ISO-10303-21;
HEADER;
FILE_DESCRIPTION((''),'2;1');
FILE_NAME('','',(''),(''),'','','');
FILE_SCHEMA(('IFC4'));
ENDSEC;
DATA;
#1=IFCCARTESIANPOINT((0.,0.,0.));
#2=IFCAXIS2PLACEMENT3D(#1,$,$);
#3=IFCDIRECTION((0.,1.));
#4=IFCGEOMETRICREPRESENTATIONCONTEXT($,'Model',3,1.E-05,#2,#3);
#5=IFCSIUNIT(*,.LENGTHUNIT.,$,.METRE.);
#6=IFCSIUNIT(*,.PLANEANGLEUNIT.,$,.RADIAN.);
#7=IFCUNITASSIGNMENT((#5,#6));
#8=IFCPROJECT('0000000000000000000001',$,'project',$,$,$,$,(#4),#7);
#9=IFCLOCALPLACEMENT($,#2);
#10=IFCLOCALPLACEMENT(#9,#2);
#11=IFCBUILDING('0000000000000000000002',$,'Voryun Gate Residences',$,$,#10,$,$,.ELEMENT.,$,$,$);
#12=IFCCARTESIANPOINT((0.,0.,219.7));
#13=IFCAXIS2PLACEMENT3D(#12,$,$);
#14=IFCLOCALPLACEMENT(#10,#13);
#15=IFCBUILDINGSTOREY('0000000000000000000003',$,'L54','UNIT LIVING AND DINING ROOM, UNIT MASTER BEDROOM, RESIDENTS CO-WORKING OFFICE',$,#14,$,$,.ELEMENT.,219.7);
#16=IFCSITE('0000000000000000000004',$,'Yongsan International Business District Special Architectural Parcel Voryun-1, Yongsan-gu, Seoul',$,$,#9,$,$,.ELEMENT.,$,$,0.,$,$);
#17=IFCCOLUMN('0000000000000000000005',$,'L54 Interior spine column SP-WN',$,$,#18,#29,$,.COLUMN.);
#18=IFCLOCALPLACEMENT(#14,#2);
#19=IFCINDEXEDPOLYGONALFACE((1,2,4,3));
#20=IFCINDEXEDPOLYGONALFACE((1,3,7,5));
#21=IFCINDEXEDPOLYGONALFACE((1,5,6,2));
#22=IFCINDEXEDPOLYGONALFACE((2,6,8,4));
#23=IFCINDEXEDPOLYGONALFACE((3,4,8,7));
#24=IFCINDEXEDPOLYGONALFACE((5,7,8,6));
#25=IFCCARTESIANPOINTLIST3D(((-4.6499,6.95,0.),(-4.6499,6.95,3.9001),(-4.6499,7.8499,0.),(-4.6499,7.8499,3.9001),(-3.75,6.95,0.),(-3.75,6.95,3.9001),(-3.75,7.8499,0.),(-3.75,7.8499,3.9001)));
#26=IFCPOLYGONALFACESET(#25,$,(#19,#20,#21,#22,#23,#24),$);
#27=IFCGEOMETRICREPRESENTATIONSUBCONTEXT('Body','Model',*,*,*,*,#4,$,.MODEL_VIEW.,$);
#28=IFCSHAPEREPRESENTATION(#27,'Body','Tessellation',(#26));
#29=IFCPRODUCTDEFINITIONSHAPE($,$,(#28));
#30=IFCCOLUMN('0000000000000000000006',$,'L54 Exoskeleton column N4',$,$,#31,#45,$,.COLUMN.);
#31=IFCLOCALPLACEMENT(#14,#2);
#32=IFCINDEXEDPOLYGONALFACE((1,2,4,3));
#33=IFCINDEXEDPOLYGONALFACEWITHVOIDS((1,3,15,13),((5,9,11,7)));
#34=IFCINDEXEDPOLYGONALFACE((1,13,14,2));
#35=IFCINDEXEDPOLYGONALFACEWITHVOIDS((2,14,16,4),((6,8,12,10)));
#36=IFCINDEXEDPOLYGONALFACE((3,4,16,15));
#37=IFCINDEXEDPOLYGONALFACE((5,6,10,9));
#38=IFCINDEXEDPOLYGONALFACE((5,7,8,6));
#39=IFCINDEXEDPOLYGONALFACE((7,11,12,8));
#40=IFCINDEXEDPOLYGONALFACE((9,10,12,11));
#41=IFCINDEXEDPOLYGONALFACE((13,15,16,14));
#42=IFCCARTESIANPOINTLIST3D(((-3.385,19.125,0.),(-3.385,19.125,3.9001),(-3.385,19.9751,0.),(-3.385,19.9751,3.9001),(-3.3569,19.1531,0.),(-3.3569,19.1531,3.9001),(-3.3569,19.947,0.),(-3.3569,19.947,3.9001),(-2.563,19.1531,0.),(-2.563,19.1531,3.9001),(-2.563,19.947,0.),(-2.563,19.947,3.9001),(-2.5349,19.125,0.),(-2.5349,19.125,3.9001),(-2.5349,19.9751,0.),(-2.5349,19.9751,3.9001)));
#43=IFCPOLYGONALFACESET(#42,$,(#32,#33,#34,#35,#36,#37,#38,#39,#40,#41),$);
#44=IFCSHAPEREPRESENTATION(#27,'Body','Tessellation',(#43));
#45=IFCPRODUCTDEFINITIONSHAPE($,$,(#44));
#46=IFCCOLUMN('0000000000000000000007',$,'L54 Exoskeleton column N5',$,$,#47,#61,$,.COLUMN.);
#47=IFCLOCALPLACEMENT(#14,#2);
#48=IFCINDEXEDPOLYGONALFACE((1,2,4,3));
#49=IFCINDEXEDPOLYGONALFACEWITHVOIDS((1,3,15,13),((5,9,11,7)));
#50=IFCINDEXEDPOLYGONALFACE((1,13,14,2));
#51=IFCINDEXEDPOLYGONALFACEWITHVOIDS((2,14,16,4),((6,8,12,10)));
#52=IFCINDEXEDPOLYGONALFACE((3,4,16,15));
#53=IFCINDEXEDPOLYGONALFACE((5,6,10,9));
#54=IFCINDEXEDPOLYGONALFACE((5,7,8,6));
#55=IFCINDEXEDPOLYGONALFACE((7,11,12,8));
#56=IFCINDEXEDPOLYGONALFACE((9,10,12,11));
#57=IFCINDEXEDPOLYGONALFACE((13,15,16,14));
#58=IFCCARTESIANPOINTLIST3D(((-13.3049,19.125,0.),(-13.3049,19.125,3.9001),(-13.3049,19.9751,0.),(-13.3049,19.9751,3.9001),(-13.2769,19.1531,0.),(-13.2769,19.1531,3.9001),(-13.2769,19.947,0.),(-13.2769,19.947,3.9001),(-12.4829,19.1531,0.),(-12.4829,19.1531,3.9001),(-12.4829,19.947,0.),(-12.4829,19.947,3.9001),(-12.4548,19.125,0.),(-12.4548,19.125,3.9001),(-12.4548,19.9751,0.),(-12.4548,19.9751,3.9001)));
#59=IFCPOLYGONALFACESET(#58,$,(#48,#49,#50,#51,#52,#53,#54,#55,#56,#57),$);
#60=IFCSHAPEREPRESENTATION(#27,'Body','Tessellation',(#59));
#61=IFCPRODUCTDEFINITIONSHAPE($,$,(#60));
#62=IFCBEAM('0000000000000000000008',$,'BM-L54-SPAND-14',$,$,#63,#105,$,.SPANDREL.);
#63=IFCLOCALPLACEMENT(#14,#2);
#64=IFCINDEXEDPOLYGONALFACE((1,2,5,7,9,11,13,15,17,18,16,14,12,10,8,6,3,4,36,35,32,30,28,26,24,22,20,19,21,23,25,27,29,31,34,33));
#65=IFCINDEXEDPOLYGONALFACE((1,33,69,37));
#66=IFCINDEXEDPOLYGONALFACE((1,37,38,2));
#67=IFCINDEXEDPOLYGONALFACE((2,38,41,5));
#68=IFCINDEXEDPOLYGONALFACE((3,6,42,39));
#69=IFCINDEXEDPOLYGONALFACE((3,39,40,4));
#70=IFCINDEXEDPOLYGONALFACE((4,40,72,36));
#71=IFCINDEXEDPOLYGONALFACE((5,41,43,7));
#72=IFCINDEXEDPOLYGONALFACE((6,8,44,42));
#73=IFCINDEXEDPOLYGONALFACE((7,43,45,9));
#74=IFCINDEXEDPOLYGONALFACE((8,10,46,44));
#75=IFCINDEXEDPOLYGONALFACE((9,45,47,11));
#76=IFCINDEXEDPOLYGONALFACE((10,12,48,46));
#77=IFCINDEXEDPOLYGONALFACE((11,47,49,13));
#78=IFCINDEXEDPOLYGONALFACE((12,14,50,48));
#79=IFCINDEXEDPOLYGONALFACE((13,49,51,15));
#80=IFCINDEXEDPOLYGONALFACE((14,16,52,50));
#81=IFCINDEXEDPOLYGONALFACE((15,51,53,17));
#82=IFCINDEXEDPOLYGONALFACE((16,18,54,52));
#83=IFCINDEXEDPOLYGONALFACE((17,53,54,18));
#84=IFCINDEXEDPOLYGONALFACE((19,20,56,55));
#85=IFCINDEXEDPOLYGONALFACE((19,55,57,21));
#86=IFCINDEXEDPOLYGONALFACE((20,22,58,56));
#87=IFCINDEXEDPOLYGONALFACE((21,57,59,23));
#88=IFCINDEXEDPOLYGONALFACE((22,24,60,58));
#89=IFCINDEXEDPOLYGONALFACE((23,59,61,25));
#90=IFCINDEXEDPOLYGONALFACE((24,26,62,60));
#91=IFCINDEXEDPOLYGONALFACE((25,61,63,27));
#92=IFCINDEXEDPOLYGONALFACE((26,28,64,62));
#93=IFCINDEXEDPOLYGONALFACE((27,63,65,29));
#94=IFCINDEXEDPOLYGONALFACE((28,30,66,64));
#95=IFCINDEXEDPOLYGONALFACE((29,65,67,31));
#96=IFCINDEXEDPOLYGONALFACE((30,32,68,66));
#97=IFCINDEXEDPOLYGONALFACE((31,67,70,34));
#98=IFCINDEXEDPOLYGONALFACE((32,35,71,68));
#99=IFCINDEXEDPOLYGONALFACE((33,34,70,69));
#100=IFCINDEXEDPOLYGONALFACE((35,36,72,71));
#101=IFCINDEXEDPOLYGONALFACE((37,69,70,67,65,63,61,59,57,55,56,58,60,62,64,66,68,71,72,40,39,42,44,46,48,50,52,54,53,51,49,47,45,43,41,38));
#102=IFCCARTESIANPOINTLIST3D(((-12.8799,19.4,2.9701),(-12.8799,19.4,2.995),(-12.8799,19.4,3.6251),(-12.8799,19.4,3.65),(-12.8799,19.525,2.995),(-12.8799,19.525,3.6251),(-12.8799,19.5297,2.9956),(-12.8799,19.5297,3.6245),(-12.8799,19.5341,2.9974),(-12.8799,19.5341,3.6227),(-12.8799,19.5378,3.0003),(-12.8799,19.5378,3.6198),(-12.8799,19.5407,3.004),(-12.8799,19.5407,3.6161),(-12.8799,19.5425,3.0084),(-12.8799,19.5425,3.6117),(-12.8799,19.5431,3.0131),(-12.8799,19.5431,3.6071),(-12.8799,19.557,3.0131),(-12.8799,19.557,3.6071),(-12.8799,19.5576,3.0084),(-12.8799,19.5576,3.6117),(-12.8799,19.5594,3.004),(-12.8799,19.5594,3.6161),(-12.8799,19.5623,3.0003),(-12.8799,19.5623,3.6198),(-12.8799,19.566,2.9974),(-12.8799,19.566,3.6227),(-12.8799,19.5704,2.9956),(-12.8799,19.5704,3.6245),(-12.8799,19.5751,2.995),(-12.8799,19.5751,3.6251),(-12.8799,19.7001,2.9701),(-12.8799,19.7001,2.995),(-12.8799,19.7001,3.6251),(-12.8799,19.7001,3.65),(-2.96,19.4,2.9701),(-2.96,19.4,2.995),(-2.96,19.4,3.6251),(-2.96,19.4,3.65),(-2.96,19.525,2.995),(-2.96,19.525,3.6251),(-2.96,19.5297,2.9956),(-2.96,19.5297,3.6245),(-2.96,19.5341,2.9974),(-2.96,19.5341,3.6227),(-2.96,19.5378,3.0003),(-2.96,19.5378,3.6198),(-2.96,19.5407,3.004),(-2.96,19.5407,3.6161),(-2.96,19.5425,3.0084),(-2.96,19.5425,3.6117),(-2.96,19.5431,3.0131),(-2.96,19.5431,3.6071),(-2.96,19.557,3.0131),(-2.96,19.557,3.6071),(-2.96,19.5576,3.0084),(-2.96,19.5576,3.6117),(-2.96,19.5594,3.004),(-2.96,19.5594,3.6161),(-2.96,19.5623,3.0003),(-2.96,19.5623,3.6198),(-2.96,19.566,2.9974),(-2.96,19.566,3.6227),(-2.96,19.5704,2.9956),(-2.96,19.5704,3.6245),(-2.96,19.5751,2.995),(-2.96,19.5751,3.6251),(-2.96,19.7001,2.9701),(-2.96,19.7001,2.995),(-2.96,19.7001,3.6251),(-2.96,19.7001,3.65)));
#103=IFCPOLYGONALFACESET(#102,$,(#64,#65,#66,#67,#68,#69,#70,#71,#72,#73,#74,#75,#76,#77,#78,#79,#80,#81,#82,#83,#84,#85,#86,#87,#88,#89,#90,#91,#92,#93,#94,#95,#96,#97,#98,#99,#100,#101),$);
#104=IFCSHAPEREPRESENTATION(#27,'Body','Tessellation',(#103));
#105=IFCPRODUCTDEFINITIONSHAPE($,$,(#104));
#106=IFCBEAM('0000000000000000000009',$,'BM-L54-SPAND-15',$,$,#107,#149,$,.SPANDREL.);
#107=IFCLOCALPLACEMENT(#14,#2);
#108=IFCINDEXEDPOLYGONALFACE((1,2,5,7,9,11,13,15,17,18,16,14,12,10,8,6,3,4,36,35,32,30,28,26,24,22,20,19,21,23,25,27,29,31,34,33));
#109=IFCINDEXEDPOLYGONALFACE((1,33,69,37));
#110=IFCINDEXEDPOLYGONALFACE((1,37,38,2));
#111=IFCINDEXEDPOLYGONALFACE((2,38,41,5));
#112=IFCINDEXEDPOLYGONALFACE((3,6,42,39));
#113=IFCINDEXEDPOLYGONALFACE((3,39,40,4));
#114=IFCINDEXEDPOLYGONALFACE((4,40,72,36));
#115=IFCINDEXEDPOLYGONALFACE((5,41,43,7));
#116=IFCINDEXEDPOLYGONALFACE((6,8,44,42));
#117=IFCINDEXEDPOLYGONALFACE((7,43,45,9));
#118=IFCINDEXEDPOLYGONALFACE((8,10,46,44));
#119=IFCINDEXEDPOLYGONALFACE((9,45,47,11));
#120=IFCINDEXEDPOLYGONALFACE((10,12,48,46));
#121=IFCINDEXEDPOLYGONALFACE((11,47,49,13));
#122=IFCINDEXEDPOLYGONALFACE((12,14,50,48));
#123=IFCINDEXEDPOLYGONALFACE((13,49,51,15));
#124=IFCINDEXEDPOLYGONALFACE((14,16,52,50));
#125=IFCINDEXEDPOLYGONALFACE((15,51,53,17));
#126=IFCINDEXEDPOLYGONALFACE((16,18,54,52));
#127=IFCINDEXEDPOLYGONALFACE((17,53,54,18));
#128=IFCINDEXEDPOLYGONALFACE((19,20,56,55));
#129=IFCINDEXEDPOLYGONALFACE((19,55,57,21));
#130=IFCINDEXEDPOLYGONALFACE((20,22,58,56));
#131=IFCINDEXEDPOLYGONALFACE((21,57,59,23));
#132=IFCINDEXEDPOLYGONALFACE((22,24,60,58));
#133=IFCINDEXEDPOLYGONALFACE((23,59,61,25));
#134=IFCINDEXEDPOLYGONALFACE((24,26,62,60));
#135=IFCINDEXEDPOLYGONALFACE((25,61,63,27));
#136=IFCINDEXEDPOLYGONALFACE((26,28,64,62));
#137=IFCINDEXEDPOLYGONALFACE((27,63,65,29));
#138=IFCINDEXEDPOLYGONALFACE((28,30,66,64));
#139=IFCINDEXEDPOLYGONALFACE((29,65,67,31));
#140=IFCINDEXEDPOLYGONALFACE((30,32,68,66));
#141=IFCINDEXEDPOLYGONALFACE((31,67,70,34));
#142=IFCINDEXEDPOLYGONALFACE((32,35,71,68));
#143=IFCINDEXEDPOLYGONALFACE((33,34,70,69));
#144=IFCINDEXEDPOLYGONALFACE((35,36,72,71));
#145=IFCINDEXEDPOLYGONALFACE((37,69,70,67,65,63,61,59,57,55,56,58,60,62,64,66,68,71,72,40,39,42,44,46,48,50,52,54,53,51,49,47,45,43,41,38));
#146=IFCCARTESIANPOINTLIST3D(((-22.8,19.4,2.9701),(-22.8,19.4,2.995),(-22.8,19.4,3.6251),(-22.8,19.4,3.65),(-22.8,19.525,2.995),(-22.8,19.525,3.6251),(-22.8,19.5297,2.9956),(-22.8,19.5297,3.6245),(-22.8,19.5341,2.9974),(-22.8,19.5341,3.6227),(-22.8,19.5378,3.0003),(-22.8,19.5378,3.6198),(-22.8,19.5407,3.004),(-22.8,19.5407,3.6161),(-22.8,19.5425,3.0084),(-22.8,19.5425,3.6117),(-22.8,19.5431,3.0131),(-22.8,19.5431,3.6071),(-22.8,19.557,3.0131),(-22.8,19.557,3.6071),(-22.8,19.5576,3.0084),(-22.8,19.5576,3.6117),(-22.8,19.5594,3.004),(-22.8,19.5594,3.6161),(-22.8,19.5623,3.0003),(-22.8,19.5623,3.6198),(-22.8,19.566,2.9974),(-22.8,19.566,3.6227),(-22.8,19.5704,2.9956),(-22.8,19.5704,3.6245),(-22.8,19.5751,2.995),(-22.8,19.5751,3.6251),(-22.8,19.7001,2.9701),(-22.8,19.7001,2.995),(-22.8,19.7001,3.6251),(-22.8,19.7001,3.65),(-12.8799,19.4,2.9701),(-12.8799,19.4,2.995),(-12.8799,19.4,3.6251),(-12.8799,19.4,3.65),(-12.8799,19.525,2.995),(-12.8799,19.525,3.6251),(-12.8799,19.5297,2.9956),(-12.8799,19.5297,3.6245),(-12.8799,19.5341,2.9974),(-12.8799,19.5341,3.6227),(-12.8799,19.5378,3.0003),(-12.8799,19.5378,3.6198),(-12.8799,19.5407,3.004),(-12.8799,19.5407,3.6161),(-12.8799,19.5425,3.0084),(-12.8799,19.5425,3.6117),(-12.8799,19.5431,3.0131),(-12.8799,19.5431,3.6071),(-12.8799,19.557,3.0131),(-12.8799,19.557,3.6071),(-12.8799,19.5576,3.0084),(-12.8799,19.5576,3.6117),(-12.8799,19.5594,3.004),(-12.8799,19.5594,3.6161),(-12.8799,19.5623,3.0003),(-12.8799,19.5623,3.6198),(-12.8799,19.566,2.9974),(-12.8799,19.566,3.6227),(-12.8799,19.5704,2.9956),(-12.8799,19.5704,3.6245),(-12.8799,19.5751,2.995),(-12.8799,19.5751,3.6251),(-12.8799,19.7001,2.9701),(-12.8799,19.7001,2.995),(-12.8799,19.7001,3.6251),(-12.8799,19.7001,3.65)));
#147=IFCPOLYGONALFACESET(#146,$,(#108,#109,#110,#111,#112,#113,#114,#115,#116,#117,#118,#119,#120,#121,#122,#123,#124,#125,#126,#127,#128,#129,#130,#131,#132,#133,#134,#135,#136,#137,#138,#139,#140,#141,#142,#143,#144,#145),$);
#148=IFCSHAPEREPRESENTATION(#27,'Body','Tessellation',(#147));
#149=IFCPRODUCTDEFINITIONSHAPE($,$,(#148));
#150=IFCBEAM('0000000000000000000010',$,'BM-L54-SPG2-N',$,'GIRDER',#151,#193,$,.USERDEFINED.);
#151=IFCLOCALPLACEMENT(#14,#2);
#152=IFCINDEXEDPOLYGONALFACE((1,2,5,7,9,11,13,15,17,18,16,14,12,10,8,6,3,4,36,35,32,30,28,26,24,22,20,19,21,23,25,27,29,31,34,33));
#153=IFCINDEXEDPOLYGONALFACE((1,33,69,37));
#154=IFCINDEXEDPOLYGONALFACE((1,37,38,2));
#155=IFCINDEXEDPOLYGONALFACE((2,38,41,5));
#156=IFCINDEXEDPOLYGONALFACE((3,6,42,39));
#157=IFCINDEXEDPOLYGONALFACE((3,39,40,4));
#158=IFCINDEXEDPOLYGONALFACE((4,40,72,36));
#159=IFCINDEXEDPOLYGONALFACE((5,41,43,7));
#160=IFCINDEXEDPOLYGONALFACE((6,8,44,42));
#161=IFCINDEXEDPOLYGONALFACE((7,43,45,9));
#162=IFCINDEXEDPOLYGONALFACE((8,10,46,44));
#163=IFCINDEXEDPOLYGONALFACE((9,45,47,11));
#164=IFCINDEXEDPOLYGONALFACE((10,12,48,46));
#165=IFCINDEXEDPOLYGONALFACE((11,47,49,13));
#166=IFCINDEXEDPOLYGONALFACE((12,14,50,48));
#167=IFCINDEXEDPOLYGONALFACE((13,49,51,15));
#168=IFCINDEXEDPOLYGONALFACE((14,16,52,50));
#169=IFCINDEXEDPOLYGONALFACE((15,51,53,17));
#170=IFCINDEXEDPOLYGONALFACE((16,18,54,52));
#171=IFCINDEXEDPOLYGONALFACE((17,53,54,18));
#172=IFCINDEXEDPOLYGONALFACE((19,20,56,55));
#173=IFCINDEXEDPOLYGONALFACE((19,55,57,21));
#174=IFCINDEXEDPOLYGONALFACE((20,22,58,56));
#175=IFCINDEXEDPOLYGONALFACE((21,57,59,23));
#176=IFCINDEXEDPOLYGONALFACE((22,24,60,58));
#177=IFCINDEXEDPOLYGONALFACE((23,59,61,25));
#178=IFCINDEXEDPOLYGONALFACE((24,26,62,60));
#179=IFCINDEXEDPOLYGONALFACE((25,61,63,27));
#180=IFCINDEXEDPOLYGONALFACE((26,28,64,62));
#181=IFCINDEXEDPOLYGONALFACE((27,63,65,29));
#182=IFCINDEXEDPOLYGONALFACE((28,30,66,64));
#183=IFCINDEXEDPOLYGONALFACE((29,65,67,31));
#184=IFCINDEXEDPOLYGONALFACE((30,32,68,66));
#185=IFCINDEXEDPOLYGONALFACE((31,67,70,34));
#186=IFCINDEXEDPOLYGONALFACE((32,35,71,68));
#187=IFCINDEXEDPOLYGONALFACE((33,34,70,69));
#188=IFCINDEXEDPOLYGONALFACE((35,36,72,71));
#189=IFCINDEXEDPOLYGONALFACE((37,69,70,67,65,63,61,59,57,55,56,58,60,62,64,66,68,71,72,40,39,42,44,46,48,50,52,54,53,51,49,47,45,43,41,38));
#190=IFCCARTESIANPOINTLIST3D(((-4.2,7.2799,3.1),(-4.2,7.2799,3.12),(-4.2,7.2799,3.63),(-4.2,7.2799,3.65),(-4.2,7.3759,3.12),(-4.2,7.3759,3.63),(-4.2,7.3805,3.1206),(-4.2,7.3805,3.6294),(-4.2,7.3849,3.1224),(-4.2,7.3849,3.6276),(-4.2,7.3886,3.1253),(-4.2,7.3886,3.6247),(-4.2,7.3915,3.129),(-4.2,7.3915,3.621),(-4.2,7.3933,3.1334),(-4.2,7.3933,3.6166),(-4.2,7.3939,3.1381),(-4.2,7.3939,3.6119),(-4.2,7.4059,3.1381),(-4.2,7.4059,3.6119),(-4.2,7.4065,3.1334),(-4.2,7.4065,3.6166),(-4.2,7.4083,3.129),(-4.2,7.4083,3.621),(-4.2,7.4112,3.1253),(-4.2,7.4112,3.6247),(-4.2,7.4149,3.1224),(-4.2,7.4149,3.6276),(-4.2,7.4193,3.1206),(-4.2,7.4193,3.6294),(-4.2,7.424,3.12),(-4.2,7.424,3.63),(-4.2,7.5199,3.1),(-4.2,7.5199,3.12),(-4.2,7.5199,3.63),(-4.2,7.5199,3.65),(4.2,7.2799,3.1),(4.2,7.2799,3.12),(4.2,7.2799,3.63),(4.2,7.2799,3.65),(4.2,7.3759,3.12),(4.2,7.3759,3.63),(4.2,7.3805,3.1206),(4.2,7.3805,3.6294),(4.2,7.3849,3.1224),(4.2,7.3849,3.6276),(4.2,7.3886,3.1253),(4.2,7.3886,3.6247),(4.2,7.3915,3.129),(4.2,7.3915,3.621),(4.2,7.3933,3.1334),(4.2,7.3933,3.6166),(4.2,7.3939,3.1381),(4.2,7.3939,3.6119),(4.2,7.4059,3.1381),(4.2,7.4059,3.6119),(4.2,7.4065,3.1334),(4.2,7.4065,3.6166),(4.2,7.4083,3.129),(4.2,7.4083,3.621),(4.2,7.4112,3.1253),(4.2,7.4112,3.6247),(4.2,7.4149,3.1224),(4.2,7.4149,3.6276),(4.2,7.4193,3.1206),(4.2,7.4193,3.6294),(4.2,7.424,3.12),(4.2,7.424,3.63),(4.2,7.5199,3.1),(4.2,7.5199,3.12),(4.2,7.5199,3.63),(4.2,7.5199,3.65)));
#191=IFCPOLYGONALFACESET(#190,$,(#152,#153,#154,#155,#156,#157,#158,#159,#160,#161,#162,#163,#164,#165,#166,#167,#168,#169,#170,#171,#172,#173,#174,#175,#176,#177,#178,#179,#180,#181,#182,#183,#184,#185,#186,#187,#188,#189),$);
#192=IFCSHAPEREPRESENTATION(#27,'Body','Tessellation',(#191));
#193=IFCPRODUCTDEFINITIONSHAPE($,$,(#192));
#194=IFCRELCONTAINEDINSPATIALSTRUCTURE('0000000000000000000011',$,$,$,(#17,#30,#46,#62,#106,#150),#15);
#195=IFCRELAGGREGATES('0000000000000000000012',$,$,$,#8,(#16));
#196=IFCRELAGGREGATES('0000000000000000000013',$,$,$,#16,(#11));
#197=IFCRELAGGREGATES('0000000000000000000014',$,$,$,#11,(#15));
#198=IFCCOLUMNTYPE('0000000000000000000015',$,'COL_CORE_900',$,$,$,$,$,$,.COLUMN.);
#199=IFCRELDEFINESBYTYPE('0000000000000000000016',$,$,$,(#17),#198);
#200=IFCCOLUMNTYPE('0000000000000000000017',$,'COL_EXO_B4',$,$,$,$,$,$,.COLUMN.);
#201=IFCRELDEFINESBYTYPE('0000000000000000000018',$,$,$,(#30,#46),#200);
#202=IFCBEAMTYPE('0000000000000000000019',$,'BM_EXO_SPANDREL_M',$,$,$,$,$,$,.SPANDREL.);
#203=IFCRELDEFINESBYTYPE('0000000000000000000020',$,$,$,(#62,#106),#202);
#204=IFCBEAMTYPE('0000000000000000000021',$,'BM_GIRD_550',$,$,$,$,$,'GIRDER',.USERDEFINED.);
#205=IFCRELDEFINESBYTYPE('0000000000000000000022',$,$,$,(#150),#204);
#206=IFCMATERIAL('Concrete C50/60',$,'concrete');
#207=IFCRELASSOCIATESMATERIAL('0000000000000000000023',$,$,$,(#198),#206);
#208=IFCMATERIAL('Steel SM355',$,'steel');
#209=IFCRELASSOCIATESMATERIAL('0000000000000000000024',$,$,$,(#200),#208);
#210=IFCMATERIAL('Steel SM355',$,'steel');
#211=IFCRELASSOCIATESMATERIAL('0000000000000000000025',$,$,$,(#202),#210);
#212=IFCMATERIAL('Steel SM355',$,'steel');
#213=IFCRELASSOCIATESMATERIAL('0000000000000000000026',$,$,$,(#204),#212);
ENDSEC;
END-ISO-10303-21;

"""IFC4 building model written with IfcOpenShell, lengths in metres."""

from ifc_helpers import new_model, si_unit, direction, frame, origin, origin_2d, place, context, subcontext, project, spatial, rectangle, hollow_rectangle, i_section, extrude, material, material_profile, profile_set, type_object, element, save


model = new_model("IFC4")

# Units and contexts
model_context = context("Model", 3, precision=1e-05, world=origin(), true_north=direction((0.0, 1.0)))
body_context = subcontext(model_context, "Body", "Model", "MODEL_VIEW")
ifc_project = project(units=[si_unit("LENGTHUNIT", "METRE"), si_unit("PLANEANGLEUNIT", "RADIAN")], contexts=[model_context])

# Site, building, storey
site_placement = place(None, origin())
site = spatial("IfcSite", under=ifc_project, at=site_placement, Name="Yongsan International Business District Special Architectural Parcel Voryun-1, Yongsan-gu, Seoul", CompositionType="ELEMENT", RefElevation=0.0)
building_placement = place(site_placement, origin())
building = spatial("IfcBuilding", under=site, at=building_placement, Name="Voryun Gate Residences", CompositionType="ELEMENT")
storey_placement = place(building_placement, frame((0.0, 0.0, 219.7)))
storey = spatial("IfcBuildingStorey", under=building, at=storey_placement, Name="L54", Description="UNIT LIVING AND DINING ROOM, UNIT MASTER BEDROOM, RESIDENTS CO-WORKING OFFICE", CompositionType="ELEMENT", Elevation=219.7)

# Columns
ifc_material_1 = material(Name="Concrete C50/60", Category="concrete")
ifc_material_profile_1 = material_profile(ifc_material_1, rectangle(XDim=0.8999, YDim=0.8999, at=origin_2d()), Name="RC-900x900")
ifc_profile_set_1 = profile_set([ifc_material_profile_1], Name="Concrete C50/60")
column_type_1 = type_object("IfcColumnType", Name="COL_CORE_900", PredefinedType="COLUMN", material=ifc_profile_set_1)
column_placement = place(storey_placement, frame((-4.2, 7.3999, 0.0), z_axis=(0.0, 0.0, 1.0), x_axis=(1.0, 0.0, 0.0)))
element("IfcColumn", 1, at=column_placement, inside=storey, type_object=column_type_1, Name="L54 Interior spine column SP-WN", PredefinedType="COLUMN", context=body_context, shape_type="SweptSolid", body=[
    extrude(rectangle(XDim=0.8999, YDim=0.8999, at=origin_2d()), origin(), (0.0, 0.0, 1.0), 3.9001),
])
ifc_material_2 = material(Name="Steel SM355", Category="steel")
ifc_material_profile_2 = material_profile(ifc_material_2, hollow_rectangle(XDim=0.8501, YDim=0.8501, WallThickness=0.0281, at=origin_2d()), Name="BOX-850x850x28")
ifc_profile_set_2 = profile_set([ifc_material_profile_2], Name="Steel SM355")
column_type_2 = type_object("IfcColumnType", Name="COL_EXO_B4", PredefinedType="COLUMN", material=ifc_profile_set_2)
for number, where, z_axis, x_axis, name in (
    (2, (-2.96, 19.55, 0.0), (0.0, 0.0, 1.0), (1.0, 0.0, 0.0), "L54 Exoskeleton column N4"),
    (3, (-12.8799, 19.55, 0.0), (0.0, 0.0, 1.0), (1.0, 0.0, 0.0), "L54 Exoskeleton column N5"),
):
    element("IfcColumn", number, at=place(storey_placement, frame(where, z_axis=z_axis, x_axis=x_axis)), inside=storey, type_object=column_type_2, Name=name, PredefinedType="COLUMN", context=body_context, shape_type="SweptSolid", body=[
        extrude(hollow_rectangle(XDim=0.8501, YDim=0.8501, WallThickness=0.0281, at=origin_2d()), origin(), (0.0, 0.0, 1.0), 3.9001),
    ])

# Beams
ifc_material_3 = material(Name="Steel SM355", Category="steel")
ifc_material_profile_3 = material_profile(ifc_material_3, i_section(OverallWidth=0.3, OverallDepth=0.6799, WebThickness=0.0139, FlangeThickness=0.0249, FilletRadius=0.0181, at=origin_2d()), Name="H-680x300x14x25")
ifc_profile_set_3 = profile_set([ifc_material_profile_3], Name="Steel SM355")
beam_type_1 = type_object("IfcBeamType", Name="BM_EXO_SPANDREL_M", PredefinedType="SPANDREL", material=ifc_profile_set_3)
beam_1_placement = place(storey_placement, frame((-2.96, 19.55, 3.3101), z_axis=(-1.0, 0.0, 0.0), x_axis=(0.0, -1.0, 0.0)))
element("IfcBeam", 4, at=beam_1_placement, inside=storey, type_object=beam_type_1, Name="BM-L54-SPAND-14", PredefinedType="SPANDREL", context=body_context, shape_type="SweptSolid", body=[
    extrude(i_section(OverallWidth=0.3, OverallDepth=0.6799, WebThickness=0.0139, FlangeThickness=0.0249, FilletRadius=0.0181, at=origin_2d()), origin(), (0.0, 0.0, 1.0), 9.9199),
])
beam_2_placement = place(storey_placement, frame((-12.8799, 19.55, 3.3101), z_axis=(-1.0, 0.0, 0.0), x_axis=(0.0, -1.0, 0.0)))
element("IfcBeam", 5, at=beam_2_placement, inside=storey, type_object=beam_type_1, Name="BM-L54-SPAND-15", PredefinedType="SPANDREL", context=body_context, shape_type="SweptSolid", body=[
    extrude(i_section(OverallWidth=0.3, OverallDepth=0.6799, WebThickness=0.0139, FlangeThickness=0.0249, FilletRadius=0.0181, at=origin_2d()), origin(), (0.0, 0.0, 1.0), 9.9202),
])
ifc_material_4 = material(Name="Steel SM355", Category="steel")
ifc_material_profile_4 = material_profile(ifc_material_4, i_section(OverallWidth=0.24, OverallDepth=0.55, WebThickness=0.012, FlangeThickness=0.02, FilletRadius=0.0181, at=origin_2d()), Name="H-550x240x12x20")
ifc_profile_set_4 = profile_set([ifc_material_profile_4], Name="Steel SM355")
beam_type_2 = type_object("IfcBeamType", Name="BM_GIRD_550", ElementType="GIRDER", PredefinedType="USERDEFINED", material=ifc_profile_set_4)
beam_3_placement = place(storey_placement, frame((-4.2, 7.3999, 3.375), z_axis=(1.0, 0.0, 0.0), x_axis=(0.0, 1.0, 0.0)))
element("IfcBeam", 6, at=beam_3_placement, inside=storey, type_object=beam_type_2, Name="BM-L54-SPG2-N", ObjectType="GIRDER", PredefinedType="USERDEFINED", context=body_context, shape_type="SweptSolid", body=[
    extrude(i_section(OverallWidth=0.24, OverallDepth=0.55, WebThickness=0.012, FlangeThickness=0.02, FilletRadius=0.0181, at=origin_2d()), origin(), (0.0, 0.0, 1.0), 8.3999),
])

save(model, "model.ifc")
